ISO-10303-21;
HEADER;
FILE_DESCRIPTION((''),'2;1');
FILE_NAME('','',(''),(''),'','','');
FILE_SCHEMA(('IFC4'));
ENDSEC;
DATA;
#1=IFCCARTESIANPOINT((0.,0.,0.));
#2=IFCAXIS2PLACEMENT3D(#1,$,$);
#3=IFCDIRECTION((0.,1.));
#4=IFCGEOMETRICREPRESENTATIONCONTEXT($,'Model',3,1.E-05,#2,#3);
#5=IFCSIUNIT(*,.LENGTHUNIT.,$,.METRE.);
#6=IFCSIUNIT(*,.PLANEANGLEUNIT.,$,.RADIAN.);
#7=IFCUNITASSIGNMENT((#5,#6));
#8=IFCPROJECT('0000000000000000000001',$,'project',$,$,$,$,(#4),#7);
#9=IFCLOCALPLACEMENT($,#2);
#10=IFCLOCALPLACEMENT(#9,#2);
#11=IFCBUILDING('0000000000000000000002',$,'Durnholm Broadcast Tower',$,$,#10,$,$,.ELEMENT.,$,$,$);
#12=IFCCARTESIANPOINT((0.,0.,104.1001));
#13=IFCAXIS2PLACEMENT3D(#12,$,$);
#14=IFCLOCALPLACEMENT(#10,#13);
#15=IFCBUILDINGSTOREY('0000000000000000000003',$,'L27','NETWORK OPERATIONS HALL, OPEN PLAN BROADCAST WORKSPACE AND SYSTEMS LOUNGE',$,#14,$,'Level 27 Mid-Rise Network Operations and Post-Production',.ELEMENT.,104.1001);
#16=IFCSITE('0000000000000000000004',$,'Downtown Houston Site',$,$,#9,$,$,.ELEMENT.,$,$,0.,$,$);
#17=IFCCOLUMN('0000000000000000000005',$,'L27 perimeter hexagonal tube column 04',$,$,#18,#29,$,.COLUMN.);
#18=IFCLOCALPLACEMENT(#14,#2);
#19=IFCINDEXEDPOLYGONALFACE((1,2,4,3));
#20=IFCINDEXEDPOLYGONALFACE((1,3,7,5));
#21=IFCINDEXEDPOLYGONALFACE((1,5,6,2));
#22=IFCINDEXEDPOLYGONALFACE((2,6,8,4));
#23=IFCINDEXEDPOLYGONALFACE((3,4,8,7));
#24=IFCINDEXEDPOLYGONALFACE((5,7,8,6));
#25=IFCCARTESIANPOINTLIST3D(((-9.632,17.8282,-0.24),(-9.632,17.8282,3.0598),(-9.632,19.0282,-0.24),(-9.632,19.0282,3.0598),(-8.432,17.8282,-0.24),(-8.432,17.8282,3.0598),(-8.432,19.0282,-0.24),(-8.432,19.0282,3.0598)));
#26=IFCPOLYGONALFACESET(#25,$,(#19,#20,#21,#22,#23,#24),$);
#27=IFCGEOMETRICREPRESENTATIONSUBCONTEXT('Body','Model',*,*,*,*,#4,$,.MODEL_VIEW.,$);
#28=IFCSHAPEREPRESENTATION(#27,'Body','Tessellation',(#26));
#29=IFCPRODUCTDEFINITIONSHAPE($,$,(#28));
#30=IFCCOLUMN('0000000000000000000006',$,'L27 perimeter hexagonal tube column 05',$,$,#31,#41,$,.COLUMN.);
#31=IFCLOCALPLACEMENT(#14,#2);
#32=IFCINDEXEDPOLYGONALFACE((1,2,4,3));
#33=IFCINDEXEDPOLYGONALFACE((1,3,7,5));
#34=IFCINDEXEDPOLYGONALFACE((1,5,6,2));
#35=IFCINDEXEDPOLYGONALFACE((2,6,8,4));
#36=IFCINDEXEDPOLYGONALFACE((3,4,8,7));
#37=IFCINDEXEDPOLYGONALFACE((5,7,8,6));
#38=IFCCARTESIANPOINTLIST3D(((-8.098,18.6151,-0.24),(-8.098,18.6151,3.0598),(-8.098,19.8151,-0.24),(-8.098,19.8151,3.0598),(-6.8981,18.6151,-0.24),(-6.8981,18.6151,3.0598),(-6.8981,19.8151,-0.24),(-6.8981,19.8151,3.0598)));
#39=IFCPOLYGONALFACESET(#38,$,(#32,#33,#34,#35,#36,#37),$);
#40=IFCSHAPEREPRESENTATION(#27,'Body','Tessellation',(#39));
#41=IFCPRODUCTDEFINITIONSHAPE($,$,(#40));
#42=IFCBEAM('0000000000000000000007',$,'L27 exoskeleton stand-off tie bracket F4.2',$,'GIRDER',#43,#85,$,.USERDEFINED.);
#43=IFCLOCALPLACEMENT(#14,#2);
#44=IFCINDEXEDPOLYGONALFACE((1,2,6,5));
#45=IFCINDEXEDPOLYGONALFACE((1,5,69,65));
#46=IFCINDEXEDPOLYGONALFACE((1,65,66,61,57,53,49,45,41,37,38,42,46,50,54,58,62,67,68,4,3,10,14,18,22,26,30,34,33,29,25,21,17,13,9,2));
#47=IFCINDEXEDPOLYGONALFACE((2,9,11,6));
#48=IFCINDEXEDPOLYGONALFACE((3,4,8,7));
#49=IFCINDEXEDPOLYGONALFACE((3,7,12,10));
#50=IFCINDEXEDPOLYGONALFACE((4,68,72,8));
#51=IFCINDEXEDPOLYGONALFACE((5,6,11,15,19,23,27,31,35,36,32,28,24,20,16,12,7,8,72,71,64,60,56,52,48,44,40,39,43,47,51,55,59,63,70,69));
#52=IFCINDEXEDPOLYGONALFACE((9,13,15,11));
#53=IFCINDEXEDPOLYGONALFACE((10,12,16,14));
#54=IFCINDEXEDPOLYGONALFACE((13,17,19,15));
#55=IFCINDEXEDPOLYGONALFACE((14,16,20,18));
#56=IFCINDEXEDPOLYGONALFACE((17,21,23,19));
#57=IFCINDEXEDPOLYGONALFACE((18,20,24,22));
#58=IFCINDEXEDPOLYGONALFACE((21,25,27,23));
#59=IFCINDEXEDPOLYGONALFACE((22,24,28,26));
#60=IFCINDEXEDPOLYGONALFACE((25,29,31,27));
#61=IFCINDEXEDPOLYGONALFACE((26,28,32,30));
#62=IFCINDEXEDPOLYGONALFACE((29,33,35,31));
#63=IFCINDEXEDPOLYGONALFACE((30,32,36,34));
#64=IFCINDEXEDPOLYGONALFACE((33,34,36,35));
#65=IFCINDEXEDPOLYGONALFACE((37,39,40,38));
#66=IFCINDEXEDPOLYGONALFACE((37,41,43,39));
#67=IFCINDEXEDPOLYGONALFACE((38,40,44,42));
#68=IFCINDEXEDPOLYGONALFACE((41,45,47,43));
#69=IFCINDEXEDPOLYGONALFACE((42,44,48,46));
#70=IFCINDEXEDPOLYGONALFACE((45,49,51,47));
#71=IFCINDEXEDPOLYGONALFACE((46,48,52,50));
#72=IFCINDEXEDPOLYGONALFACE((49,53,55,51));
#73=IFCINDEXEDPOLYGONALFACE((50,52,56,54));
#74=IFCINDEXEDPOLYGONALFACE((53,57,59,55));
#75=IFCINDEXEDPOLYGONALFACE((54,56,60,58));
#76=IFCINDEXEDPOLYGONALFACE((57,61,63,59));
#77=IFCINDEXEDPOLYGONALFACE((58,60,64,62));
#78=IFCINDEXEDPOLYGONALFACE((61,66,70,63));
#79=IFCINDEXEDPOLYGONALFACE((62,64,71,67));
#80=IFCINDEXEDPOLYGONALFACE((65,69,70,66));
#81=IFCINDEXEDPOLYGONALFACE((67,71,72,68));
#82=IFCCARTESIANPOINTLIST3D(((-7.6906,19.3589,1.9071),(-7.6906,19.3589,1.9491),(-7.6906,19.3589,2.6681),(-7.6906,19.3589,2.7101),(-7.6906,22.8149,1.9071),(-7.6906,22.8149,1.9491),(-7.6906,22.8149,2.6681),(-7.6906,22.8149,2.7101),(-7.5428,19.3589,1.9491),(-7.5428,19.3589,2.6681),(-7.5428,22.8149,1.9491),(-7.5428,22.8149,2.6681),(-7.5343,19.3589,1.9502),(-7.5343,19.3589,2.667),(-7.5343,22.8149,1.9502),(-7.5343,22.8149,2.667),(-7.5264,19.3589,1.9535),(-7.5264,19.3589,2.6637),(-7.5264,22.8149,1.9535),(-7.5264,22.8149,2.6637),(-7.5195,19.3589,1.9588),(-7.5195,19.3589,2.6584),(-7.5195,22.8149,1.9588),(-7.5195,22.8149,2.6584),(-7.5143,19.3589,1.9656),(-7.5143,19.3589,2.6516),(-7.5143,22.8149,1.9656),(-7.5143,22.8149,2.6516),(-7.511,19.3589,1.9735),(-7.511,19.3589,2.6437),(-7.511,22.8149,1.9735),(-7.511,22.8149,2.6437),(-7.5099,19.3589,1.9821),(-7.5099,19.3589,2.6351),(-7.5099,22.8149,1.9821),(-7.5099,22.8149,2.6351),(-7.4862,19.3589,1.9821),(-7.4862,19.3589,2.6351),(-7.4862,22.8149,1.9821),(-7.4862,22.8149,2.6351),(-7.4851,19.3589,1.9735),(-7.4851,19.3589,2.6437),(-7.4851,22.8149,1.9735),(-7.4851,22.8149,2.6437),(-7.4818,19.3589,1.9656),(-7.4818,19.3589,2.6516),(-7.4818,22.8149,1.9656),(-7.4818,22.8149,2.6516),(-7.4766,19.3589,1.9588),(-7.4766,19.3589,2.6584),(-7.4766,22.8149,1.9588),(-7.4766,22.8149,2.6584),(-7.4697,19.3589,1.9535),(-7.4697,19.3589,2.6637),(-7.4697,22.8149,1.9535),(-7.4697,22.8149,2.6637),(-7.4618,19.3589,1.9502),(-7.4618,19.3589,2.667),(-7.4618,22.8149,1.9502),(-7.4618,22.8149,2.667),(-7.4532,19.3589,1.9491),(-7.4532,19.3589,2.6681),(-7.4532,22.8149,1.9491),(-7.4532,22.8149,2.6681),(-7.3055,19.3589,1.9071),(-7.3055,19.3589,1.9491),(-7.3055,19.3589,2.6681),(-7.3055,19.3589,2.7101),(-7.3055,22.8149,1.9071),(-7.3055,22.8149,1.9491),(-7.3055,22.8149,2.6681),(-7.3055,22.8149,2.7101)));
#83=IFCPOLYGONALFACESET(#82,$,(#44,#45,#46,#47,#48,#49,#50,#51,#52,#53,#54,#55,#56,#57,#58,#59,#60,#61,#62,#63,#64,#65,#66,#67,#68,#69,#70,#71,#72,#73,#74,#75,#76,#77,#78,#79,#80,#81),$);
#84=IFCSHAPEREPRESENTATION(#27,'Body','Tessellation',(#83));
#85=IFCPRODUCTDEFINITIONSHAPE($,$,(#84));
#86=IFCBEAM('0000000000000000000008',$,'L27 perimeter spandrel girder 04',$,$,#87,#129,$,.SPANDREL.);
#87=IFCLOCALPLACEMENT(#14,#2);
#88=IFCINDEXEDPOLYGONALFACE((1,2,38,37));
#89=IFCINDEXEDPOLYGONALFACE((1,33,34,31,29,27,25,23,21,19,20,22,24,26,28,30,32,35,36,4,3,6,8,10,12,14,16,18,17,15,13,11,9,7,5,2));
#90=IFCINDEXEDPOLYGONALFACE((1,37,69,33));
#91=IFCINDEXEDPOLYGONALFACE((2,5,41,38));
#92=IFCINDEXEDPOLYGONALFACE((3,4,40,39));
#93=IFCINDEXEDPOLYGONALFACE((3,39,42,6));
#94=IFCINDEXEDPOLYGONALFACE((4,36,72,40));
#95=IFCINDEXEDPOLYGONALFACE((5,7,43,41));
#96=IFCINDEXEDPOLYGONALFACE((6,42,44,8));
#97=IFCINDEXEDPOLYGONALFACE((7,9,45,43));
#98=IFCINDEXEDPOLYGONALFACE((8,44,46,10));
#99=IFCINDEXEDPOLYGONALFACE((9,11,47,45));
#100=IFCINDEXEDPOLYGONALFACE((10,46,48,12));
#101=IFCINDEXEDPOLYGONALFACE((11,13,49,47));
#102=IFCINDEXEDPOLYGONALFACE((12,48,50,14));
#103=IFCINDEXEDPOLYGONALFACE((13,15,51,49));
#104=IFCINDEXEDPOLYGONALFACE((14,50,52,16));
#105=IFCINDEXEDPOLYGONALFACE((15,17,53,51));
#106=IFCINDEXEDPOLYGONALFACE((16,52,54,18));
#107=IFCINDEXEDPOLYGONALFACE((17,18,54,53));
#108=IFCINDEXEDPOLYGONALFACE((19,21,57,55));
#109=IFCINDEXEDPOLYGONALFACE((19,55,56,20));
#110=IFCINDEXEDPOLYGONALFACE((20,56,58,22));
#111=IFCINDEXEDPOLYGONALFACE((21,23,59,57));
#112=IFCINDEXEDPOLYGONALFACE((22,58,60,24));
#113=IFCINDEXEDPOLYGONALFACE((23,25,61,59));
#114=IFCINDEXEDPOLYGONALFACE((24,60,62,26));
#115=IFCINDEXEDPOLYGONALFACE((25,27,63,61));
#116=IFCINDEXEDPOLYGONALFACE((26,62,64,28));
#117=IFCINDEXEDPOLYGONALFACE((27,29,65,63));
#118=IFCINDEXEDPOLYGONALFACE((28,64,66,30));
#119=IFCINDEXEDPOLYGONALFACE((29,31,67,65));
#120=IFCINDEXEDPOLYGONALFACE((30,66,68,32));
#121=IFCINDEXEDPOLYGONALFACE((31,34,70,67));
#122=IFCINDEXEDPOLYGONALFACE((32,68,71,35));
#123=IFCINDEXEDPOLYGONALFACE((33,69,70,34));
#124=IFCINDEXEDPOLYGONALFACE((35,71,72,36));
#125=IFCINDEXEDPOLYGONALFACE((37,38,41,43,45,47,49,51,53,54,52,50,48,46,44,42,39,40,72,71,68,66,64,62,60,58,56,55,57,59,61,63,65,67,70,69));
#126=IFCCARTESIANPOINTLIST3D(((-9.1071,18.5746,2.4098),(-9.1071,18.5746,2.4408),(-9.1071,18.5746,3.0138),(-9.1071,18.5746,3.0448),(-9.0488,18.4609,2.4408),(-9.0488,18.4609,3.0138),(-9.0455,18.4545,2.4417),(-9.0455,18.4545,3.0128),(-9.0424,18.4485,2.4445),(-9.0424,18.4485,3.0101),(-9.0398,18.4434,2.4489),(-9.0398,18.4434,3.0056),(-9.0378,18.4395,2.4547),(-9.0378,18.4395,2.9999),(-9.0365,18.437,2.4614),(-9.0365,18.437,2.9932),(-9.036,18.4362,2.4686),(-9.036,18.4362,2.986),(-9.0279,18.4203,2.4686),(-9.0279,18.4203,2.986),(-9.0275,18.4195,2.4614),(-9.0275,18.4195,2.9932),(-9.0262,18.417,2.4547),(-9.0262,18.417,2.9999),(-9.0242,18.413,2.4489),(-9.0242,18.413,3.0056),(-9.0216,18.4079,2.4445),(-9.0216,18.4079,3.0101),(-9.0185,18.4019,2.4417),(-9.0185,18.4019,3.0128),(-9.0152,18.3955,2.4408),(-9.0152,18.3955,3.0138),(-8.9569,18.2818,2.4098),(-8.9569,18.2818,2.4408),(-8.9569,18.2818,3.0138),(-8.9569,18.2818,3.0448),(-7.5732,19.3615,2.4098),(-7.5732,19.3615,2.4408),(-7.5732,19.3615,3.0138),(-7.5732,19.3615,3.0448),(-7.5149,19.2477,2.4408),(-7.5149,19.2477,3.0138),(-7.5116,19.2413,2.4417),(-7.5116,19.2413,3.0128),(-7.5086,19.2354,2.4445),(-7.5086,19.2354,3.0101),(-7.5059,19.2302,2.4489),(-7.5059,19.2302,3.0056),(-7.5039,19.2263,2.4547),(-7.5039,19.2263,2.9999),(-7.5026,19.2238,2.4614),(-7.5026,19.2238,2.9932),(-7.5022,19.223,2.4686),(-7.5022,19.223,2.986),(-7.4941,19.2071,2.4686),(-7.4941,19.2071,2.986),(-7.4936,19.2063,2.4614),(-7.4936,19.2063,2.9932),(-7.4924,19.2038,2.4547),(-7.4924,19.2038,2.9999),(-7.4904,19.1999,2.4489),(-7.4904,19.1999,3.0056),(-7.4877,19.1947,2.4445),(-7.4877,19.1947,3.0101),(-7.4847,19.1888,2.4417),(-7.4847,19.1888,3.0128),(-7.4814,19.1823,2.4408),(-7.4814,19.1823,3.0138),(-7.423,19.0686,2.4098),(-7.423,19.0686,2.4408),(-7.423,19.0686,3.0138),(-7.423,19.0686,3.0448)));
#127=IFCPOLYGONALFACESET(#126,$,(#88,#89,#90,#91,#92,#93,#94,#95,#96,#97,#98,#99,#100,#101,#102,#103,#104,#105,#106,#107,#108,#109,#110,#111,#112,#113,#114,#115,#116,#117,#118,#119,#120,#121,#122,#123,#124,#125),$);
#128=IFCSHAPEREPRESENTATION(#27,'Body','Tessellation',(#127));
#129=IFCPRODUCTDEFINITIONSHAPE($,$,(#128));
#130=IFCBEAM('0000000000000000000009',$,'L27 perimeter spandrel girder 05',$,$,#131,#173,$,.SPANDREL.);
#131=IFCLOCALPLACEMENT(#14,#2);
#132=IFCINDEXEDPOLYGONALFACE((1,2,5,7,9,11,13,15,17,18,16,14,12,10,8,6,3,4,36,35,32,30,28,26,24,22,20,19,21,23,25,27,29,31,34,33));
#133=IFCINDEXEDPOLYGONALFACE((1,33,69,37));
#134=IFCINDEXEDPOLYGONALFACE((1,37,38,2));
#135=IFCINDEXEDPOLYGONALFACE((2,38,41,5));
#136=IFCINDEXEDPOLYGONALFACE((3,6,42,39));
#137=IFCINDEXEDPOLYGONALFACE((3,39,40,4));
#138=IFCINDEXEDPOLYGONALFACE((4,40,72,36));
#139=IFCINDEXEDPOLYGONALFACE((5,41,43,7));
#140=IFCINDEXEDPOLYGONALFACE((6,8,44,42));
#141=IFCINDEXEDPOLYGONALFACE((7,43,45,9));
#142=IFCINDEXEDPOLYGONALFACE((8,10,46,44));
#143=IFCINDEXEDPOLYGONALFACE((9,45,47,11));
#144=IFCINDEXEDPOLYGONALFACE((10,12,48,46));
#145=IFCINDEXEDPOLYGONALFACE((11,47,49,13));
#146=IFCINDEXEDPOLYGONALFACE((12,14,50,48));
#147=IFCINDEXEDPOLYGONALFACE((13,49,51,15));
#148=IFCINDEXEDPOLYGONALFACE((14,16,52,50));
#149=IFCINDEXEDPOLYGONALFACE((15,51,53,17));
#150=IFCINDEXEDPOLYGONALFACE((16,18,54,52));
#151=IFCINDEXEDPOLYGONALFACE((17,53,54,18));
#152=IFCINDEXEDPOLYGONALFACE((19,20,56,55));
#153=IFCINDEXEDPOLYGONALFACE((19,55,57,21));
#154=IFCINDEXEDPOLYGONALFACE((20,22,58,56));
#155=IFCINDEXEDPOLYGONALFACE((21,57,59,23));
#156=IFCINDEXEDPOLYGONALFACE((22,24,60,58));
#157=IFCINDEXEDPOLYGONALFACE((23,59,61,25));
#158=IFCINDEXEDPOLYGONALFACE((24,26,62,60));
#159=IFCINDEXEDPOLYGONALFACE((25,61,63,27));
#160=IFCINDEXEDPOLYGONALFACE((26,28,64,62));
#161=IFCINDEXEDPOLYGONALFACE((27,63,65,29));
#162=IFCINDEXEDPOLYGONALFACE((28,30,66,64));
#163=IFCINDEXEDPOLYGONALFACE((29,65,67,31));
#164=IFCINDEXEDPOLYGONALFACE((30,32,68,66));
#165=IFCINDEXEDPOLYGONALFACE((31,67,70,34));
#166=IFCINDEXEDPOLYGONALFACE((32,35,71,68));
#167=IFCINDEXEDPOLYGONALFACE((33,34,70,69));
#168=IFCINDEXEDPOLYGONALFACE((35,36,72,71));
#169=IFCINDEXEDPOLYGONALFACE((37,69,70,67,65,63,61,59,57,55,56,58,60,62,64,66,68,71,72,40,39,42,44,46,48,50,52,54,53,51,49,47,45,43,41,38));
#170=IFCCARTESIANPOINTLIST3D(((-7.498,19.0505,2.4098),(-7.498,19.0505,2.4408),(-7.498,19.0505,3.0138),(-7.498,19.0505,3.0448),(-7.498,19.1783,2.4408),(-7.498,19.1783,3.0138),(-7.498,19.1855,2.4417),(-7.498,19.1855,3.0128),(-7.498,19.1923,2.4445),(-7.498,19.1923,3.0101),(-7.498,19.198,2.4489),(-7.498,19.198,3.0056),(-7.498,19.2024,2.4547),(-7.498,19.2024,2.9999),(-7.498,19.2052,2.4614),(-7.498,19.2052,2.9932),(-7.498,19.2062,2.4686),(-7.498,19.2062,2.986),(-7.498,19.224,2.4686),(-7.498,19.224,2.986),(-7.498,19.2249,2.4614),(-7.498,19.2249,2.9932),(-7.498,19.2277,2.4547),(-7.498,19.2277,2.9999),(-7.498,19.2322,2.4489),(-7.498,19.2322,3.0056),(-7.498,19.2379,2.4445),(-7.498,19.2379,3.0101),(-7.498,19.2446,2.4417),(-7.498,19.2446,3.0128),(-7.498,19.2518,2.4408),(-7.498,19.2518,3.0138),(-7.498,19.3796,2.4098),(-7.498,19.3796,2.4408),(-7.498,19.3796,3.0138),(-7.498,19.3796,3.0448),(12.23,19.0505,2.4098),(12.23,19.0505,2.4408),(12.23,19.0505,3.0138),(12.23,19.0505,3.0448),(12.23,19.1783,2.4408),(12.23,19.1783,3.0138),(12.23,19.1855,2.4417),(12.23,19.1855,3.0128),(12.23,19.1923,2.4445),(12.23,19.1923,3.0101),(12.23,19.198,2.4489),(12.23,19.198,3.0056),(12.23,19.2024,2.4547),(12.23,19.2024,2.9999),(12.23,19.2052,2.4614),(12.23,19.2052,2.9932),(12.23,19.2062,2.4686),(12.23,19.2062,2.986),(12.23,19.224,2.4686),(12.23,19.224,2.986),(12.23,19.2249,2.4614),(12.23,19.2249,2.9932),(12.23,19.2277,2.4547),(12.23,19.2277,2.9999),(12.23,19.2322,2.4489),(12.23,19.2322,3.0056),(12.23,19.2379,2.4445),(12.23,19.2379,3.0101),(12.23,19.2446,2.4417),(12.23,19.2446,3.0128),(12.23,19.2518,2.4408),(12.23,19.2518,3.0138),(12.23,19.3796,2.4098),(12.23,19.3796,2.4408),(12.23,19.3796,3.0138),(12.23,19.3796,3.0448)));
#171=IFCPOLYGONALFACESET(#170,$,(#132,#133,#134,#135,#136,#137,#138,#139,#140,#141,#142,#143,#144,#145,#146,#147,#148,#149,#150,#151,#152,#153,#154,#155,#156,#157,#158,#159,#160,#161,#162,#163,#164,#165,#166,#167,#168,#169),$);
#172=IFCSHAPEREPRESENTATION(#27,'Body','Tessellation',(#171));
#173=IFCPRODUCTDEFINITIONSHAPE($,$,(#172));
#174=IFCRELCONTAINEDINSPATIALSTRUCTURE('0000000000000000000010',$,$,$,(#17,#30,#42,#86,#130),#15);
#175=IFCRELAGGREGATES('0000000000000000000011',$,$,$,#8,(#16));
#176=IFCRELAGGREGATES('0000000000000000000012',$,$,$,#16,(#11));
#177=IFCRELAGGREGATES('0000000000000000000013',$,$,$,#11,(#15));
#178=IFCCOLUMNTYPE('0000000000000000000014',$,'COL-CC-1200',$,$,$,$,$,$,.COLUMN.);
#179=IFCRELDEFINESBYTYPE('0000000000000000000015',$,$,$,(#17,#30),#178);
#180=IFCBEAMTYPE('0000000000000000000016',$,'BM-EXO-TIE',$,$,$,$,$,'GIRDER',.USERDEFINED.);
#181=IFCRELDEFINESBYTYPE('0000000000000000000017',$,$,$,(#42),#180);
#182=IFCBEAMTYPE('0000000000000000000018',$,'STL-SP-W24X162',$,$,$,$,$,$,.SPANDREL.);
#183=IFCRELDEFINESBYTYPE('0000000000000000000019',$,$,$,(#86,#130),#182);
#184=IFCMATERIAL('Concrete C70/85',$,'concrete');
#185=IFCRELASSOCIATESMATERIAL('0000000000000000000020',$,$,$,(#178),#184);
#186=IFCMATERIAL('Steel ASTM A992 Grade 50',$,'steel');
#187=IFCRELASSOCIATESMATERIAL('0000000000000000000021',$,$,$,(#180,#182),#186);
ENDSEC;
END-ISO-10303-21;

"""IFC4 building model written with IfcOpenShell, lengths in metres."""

from ifc_helpers import new_model, si_unit, direction, frame, origin, origin_2d, place, context, subcontext, project, spatial, rectangle, i_section, extrude, source, transform, mapped, material, material_profile, profile_set, type_object, type_shapes, element, save


model = new_model("IFC4")

# Units and contexts
model_context = context("Model", 3, precision=1e-05, world=origin(), true_north=direction((0.0, 1.0)))
body_context = subcontext(model_context, "Body", "Model", "MODEL_VIEW")
ifc_project = project(units=[si_unit("LENGTHUNIT", "METRE"), si_unit("PLANEANGLEUNIT", "RADIAN")], contexts=[model_context])

# Site, building, storey
site_placement = place(None, origin())
site = spatial("IfcSite", under=ifc_project, at=site_placement, Name="Downtown Houston Site", CompositionType="ELEMENT", RefElevation=0.0)
building_placement = place(site_placement, origin())
building = spatial("IfcBuilding", under=site, at=building_placement, Name="Durnholm Broadcast Tower", CompositionType="ELEMENT")
storey_placement = place(building_placement, frame((0.0, 0.0, 104.1001)))
storey = spatial("IfcBuildingStorey", under=building, at=storey_placement, Name="L27", Description="NETWORK OPERATIONS HALL, OPEN PLAN BROADCAST WORKSPACE AND SYSTEMS LOUNGE", LongName="Level 27 Mid-Rise Network Operations and Post-Production", CompositionType="ELEMENT", Elevation=104.1001)

# Columns
ifc_material_1 = material(Name="Concrete C70/85", Category="concrete")
ifc_material_profile_1 = material_profile(ifc_material_1, rectangle(XDim=1.2, YDim=1.2, at=origin_2d()), Name="RC1200X1200")
ifc_profile_set_1 = profile_set([ifc_material_profile_1], Name="Concrete C70/85")
column_type = type_object("IfcColumnType", Name="COL-CC-1200", PredefinedType="COLUMN", material=ifc_profile_set_1)
shared_shape_1 = source(origin(), body_context, "Body", "SweptSolid", [
    extrude(rectangle(XDim=1.2, YDim=1.2, at=origin_2d()), origin(), (0.0, 0.0, 1.0), 3.2998),
])
type_shapes(column_type, [shared_shape_1])
for number, where, z_axis, x_axis, name in (
    (1, (-9.032, 18.4282, -0.24), (0.0, 0.0, 1.0), (1.0, 0.0, 0.0), "L27 perimeter hexagonal tube column 04"),
    (2, (-7.498, 19.2151, -0.24), (0.0, 0.0, 1.0), (1.0, 0.0, 0.0), "L27 perimeter hexagonal tube column 05"),
):
    element("IfcColumn", number, at=place(storey_placement, frame(where, z_axis=z_axis, x_axis=x_axis)), inside=storey, type_object=column_type, Name=name, PredefinedType="COLUMN", context=body_context, shape_type="MappedRepresentation", body=[
        mapped(shared_shape_1, transform((0.0, 0.0, 0.0), x_axis=(1.0, 0.0, 0.0), y_axis=(0.0, 1.0, 0.0), z_axis=(0.0, 0.0, 1.0), scale=1.0)),
    ])

# Beams
ifc_material_2 = material(Name="Steel ASTM A992 Grade 50", Category="steel")
ifc_material_profile_2 = material_profile(ifc_material_2, i_section(OverallWidth=0.385, OverallDepth=0.803, WebThickness=0.0237, FlangeThickness=0.042, FilletRadius=0.033, at=origin_2d()), Name="W30X261")
ifc_profile_set_2 = profile_set([ifc_material_profile_2], Name="Steel ASTM A992 Grade 50")
beam_type_1 = type_object("IfcBeamType", Name="BM-EXO-TIE", ElementType="GIRDER", PredefinedType="USERDEFINED", material=ifc_profile_set_2)
shared_shape_2 = source(origin(), body_context, "Body", "SweptSolid", [
    extrude(i_section(OverallWidth=0.385, OverallDepth=0.803, WebThickness=0.0237, FlangeThickness=0.042, FilletRadius=0.033, at=origin_2d()), origin(), (0.0, 0.0, 1.0), 3.4561),
])
beam_1_placement = place(storey_placement, frame((-7.498, 19.3589, 2.3086), z_axis=(0.0, 1.0, 0.0), x_axis=(-1.0, 0.0, 0.0)))
element("IfcBeam", 3, at=beam_1_placement, inside=storey, type_object=beam_type_1, Name="L27 exoskeleton stand-off tie bracket F4.2", ObjectType="GIRDER", PredefinedType="USERDEFINED", context=body_context, shape_type="MappedRepresentation", body=[
    mapped(shared_shape_2, transform((0.0, 0.0, 0.0), x_axis=(1.0, 0.0, 0.0), y_axis=(0.0, 1.0, 0.0), z_axis=(0.0, 0.0, 1.0), scale=1.0)),
])
ifc_material_profile_3 = material_profile(ifc_material_2, i_section(OverallWidth=0.3291, OverallDepth=0.635, WebThickness=0.0178, FlangeThickness=0.031, FilletRadius=0.0278, at=origin_2d()), Name="W24X162")
ifc_profile_set_3 = profile_set([ifc_material_profile_3], Name="Steel ASTM A992 Grade 50")
beam_type_2 = type_object("IfcBeamType", Name="STL-SP-W24X162", PredefinedType="SPANDREL", material=ifc_profile_set_3)
shared_shape_3 = source(origin(), body_context, "Body", "SweptSolid", [
    extrude(i_section(OverallWidth=0.3291, OverallDepth=0.635, WebThickness=0.0178, FlangeThickness=0.031, FilletRadius=0.0278, at=origin_2d()), origin(), (0.0, 0.0, 1.0), 1.7239),
])
beam_2_placement = place(storey_placement, frame((-9.032, 18.4282, 2.7273), z_axis=(0.889763, 0.456423, 0.0), x_axis=(-0.456423, 0.889763, 0.0)))
element("IfcBeam", 4, at=beam_2_placement, inside=storey, type_object=beam_type_2, Name="L27 perimeter spandrel girder 04", PredefinedType="SPANDREL", context=body_context, shape_type="MappedRepresentation", body=[
    mapped(shared_shape_3, transform((0.0, 0.0, 0.0), x_axis=(1.0, 0.0, 0.0), y_axis=(0.0, 1.0, 0.0), z_axis=(0.0, 0.0, 1.0), scale=1.0)),
])
shared_shape_4 = source(origin(), body_context, "Body", "SweptSolid", [
    extrude(i_section(OverallWidth=0.3291, OverallDepth=0.635, WebThickness=0.0178, FlangeThickness=0.031, FilletRadius=0.0278, at=origin_2d()), origin(), (0.0, 0.0, 1.0), 19.728),
])
type_shapes(beam_type_2, [shared_shape_3, shared_shape_4])
beam_3_placement = place(storey_placement, frame((-7.498, 19.2151, 2.7273), z_axis=(1.0, 0.0, 0.0), x_axis=(0.0, 1.0, 0.0)))
element("IfcBeam", 5, at=beam_3_placement, inside=storey, type_object=beam_type_2, Name="L27 perimeter spandrel girder 05", PredefinedType="SPANDREL", context=body_context, shape_type="MappedRepresentation", body=[
    mapped(shared_shape_4, transform((0.0, 0.0, 0.0), x_axis=(1.0, 0.0, 0.0), y_axis=(0.0, 1.0, 0.0), z_axis=(0.0, 0.0, 1.0), scale=1.0)),
])

save(model, "model.ifc")
